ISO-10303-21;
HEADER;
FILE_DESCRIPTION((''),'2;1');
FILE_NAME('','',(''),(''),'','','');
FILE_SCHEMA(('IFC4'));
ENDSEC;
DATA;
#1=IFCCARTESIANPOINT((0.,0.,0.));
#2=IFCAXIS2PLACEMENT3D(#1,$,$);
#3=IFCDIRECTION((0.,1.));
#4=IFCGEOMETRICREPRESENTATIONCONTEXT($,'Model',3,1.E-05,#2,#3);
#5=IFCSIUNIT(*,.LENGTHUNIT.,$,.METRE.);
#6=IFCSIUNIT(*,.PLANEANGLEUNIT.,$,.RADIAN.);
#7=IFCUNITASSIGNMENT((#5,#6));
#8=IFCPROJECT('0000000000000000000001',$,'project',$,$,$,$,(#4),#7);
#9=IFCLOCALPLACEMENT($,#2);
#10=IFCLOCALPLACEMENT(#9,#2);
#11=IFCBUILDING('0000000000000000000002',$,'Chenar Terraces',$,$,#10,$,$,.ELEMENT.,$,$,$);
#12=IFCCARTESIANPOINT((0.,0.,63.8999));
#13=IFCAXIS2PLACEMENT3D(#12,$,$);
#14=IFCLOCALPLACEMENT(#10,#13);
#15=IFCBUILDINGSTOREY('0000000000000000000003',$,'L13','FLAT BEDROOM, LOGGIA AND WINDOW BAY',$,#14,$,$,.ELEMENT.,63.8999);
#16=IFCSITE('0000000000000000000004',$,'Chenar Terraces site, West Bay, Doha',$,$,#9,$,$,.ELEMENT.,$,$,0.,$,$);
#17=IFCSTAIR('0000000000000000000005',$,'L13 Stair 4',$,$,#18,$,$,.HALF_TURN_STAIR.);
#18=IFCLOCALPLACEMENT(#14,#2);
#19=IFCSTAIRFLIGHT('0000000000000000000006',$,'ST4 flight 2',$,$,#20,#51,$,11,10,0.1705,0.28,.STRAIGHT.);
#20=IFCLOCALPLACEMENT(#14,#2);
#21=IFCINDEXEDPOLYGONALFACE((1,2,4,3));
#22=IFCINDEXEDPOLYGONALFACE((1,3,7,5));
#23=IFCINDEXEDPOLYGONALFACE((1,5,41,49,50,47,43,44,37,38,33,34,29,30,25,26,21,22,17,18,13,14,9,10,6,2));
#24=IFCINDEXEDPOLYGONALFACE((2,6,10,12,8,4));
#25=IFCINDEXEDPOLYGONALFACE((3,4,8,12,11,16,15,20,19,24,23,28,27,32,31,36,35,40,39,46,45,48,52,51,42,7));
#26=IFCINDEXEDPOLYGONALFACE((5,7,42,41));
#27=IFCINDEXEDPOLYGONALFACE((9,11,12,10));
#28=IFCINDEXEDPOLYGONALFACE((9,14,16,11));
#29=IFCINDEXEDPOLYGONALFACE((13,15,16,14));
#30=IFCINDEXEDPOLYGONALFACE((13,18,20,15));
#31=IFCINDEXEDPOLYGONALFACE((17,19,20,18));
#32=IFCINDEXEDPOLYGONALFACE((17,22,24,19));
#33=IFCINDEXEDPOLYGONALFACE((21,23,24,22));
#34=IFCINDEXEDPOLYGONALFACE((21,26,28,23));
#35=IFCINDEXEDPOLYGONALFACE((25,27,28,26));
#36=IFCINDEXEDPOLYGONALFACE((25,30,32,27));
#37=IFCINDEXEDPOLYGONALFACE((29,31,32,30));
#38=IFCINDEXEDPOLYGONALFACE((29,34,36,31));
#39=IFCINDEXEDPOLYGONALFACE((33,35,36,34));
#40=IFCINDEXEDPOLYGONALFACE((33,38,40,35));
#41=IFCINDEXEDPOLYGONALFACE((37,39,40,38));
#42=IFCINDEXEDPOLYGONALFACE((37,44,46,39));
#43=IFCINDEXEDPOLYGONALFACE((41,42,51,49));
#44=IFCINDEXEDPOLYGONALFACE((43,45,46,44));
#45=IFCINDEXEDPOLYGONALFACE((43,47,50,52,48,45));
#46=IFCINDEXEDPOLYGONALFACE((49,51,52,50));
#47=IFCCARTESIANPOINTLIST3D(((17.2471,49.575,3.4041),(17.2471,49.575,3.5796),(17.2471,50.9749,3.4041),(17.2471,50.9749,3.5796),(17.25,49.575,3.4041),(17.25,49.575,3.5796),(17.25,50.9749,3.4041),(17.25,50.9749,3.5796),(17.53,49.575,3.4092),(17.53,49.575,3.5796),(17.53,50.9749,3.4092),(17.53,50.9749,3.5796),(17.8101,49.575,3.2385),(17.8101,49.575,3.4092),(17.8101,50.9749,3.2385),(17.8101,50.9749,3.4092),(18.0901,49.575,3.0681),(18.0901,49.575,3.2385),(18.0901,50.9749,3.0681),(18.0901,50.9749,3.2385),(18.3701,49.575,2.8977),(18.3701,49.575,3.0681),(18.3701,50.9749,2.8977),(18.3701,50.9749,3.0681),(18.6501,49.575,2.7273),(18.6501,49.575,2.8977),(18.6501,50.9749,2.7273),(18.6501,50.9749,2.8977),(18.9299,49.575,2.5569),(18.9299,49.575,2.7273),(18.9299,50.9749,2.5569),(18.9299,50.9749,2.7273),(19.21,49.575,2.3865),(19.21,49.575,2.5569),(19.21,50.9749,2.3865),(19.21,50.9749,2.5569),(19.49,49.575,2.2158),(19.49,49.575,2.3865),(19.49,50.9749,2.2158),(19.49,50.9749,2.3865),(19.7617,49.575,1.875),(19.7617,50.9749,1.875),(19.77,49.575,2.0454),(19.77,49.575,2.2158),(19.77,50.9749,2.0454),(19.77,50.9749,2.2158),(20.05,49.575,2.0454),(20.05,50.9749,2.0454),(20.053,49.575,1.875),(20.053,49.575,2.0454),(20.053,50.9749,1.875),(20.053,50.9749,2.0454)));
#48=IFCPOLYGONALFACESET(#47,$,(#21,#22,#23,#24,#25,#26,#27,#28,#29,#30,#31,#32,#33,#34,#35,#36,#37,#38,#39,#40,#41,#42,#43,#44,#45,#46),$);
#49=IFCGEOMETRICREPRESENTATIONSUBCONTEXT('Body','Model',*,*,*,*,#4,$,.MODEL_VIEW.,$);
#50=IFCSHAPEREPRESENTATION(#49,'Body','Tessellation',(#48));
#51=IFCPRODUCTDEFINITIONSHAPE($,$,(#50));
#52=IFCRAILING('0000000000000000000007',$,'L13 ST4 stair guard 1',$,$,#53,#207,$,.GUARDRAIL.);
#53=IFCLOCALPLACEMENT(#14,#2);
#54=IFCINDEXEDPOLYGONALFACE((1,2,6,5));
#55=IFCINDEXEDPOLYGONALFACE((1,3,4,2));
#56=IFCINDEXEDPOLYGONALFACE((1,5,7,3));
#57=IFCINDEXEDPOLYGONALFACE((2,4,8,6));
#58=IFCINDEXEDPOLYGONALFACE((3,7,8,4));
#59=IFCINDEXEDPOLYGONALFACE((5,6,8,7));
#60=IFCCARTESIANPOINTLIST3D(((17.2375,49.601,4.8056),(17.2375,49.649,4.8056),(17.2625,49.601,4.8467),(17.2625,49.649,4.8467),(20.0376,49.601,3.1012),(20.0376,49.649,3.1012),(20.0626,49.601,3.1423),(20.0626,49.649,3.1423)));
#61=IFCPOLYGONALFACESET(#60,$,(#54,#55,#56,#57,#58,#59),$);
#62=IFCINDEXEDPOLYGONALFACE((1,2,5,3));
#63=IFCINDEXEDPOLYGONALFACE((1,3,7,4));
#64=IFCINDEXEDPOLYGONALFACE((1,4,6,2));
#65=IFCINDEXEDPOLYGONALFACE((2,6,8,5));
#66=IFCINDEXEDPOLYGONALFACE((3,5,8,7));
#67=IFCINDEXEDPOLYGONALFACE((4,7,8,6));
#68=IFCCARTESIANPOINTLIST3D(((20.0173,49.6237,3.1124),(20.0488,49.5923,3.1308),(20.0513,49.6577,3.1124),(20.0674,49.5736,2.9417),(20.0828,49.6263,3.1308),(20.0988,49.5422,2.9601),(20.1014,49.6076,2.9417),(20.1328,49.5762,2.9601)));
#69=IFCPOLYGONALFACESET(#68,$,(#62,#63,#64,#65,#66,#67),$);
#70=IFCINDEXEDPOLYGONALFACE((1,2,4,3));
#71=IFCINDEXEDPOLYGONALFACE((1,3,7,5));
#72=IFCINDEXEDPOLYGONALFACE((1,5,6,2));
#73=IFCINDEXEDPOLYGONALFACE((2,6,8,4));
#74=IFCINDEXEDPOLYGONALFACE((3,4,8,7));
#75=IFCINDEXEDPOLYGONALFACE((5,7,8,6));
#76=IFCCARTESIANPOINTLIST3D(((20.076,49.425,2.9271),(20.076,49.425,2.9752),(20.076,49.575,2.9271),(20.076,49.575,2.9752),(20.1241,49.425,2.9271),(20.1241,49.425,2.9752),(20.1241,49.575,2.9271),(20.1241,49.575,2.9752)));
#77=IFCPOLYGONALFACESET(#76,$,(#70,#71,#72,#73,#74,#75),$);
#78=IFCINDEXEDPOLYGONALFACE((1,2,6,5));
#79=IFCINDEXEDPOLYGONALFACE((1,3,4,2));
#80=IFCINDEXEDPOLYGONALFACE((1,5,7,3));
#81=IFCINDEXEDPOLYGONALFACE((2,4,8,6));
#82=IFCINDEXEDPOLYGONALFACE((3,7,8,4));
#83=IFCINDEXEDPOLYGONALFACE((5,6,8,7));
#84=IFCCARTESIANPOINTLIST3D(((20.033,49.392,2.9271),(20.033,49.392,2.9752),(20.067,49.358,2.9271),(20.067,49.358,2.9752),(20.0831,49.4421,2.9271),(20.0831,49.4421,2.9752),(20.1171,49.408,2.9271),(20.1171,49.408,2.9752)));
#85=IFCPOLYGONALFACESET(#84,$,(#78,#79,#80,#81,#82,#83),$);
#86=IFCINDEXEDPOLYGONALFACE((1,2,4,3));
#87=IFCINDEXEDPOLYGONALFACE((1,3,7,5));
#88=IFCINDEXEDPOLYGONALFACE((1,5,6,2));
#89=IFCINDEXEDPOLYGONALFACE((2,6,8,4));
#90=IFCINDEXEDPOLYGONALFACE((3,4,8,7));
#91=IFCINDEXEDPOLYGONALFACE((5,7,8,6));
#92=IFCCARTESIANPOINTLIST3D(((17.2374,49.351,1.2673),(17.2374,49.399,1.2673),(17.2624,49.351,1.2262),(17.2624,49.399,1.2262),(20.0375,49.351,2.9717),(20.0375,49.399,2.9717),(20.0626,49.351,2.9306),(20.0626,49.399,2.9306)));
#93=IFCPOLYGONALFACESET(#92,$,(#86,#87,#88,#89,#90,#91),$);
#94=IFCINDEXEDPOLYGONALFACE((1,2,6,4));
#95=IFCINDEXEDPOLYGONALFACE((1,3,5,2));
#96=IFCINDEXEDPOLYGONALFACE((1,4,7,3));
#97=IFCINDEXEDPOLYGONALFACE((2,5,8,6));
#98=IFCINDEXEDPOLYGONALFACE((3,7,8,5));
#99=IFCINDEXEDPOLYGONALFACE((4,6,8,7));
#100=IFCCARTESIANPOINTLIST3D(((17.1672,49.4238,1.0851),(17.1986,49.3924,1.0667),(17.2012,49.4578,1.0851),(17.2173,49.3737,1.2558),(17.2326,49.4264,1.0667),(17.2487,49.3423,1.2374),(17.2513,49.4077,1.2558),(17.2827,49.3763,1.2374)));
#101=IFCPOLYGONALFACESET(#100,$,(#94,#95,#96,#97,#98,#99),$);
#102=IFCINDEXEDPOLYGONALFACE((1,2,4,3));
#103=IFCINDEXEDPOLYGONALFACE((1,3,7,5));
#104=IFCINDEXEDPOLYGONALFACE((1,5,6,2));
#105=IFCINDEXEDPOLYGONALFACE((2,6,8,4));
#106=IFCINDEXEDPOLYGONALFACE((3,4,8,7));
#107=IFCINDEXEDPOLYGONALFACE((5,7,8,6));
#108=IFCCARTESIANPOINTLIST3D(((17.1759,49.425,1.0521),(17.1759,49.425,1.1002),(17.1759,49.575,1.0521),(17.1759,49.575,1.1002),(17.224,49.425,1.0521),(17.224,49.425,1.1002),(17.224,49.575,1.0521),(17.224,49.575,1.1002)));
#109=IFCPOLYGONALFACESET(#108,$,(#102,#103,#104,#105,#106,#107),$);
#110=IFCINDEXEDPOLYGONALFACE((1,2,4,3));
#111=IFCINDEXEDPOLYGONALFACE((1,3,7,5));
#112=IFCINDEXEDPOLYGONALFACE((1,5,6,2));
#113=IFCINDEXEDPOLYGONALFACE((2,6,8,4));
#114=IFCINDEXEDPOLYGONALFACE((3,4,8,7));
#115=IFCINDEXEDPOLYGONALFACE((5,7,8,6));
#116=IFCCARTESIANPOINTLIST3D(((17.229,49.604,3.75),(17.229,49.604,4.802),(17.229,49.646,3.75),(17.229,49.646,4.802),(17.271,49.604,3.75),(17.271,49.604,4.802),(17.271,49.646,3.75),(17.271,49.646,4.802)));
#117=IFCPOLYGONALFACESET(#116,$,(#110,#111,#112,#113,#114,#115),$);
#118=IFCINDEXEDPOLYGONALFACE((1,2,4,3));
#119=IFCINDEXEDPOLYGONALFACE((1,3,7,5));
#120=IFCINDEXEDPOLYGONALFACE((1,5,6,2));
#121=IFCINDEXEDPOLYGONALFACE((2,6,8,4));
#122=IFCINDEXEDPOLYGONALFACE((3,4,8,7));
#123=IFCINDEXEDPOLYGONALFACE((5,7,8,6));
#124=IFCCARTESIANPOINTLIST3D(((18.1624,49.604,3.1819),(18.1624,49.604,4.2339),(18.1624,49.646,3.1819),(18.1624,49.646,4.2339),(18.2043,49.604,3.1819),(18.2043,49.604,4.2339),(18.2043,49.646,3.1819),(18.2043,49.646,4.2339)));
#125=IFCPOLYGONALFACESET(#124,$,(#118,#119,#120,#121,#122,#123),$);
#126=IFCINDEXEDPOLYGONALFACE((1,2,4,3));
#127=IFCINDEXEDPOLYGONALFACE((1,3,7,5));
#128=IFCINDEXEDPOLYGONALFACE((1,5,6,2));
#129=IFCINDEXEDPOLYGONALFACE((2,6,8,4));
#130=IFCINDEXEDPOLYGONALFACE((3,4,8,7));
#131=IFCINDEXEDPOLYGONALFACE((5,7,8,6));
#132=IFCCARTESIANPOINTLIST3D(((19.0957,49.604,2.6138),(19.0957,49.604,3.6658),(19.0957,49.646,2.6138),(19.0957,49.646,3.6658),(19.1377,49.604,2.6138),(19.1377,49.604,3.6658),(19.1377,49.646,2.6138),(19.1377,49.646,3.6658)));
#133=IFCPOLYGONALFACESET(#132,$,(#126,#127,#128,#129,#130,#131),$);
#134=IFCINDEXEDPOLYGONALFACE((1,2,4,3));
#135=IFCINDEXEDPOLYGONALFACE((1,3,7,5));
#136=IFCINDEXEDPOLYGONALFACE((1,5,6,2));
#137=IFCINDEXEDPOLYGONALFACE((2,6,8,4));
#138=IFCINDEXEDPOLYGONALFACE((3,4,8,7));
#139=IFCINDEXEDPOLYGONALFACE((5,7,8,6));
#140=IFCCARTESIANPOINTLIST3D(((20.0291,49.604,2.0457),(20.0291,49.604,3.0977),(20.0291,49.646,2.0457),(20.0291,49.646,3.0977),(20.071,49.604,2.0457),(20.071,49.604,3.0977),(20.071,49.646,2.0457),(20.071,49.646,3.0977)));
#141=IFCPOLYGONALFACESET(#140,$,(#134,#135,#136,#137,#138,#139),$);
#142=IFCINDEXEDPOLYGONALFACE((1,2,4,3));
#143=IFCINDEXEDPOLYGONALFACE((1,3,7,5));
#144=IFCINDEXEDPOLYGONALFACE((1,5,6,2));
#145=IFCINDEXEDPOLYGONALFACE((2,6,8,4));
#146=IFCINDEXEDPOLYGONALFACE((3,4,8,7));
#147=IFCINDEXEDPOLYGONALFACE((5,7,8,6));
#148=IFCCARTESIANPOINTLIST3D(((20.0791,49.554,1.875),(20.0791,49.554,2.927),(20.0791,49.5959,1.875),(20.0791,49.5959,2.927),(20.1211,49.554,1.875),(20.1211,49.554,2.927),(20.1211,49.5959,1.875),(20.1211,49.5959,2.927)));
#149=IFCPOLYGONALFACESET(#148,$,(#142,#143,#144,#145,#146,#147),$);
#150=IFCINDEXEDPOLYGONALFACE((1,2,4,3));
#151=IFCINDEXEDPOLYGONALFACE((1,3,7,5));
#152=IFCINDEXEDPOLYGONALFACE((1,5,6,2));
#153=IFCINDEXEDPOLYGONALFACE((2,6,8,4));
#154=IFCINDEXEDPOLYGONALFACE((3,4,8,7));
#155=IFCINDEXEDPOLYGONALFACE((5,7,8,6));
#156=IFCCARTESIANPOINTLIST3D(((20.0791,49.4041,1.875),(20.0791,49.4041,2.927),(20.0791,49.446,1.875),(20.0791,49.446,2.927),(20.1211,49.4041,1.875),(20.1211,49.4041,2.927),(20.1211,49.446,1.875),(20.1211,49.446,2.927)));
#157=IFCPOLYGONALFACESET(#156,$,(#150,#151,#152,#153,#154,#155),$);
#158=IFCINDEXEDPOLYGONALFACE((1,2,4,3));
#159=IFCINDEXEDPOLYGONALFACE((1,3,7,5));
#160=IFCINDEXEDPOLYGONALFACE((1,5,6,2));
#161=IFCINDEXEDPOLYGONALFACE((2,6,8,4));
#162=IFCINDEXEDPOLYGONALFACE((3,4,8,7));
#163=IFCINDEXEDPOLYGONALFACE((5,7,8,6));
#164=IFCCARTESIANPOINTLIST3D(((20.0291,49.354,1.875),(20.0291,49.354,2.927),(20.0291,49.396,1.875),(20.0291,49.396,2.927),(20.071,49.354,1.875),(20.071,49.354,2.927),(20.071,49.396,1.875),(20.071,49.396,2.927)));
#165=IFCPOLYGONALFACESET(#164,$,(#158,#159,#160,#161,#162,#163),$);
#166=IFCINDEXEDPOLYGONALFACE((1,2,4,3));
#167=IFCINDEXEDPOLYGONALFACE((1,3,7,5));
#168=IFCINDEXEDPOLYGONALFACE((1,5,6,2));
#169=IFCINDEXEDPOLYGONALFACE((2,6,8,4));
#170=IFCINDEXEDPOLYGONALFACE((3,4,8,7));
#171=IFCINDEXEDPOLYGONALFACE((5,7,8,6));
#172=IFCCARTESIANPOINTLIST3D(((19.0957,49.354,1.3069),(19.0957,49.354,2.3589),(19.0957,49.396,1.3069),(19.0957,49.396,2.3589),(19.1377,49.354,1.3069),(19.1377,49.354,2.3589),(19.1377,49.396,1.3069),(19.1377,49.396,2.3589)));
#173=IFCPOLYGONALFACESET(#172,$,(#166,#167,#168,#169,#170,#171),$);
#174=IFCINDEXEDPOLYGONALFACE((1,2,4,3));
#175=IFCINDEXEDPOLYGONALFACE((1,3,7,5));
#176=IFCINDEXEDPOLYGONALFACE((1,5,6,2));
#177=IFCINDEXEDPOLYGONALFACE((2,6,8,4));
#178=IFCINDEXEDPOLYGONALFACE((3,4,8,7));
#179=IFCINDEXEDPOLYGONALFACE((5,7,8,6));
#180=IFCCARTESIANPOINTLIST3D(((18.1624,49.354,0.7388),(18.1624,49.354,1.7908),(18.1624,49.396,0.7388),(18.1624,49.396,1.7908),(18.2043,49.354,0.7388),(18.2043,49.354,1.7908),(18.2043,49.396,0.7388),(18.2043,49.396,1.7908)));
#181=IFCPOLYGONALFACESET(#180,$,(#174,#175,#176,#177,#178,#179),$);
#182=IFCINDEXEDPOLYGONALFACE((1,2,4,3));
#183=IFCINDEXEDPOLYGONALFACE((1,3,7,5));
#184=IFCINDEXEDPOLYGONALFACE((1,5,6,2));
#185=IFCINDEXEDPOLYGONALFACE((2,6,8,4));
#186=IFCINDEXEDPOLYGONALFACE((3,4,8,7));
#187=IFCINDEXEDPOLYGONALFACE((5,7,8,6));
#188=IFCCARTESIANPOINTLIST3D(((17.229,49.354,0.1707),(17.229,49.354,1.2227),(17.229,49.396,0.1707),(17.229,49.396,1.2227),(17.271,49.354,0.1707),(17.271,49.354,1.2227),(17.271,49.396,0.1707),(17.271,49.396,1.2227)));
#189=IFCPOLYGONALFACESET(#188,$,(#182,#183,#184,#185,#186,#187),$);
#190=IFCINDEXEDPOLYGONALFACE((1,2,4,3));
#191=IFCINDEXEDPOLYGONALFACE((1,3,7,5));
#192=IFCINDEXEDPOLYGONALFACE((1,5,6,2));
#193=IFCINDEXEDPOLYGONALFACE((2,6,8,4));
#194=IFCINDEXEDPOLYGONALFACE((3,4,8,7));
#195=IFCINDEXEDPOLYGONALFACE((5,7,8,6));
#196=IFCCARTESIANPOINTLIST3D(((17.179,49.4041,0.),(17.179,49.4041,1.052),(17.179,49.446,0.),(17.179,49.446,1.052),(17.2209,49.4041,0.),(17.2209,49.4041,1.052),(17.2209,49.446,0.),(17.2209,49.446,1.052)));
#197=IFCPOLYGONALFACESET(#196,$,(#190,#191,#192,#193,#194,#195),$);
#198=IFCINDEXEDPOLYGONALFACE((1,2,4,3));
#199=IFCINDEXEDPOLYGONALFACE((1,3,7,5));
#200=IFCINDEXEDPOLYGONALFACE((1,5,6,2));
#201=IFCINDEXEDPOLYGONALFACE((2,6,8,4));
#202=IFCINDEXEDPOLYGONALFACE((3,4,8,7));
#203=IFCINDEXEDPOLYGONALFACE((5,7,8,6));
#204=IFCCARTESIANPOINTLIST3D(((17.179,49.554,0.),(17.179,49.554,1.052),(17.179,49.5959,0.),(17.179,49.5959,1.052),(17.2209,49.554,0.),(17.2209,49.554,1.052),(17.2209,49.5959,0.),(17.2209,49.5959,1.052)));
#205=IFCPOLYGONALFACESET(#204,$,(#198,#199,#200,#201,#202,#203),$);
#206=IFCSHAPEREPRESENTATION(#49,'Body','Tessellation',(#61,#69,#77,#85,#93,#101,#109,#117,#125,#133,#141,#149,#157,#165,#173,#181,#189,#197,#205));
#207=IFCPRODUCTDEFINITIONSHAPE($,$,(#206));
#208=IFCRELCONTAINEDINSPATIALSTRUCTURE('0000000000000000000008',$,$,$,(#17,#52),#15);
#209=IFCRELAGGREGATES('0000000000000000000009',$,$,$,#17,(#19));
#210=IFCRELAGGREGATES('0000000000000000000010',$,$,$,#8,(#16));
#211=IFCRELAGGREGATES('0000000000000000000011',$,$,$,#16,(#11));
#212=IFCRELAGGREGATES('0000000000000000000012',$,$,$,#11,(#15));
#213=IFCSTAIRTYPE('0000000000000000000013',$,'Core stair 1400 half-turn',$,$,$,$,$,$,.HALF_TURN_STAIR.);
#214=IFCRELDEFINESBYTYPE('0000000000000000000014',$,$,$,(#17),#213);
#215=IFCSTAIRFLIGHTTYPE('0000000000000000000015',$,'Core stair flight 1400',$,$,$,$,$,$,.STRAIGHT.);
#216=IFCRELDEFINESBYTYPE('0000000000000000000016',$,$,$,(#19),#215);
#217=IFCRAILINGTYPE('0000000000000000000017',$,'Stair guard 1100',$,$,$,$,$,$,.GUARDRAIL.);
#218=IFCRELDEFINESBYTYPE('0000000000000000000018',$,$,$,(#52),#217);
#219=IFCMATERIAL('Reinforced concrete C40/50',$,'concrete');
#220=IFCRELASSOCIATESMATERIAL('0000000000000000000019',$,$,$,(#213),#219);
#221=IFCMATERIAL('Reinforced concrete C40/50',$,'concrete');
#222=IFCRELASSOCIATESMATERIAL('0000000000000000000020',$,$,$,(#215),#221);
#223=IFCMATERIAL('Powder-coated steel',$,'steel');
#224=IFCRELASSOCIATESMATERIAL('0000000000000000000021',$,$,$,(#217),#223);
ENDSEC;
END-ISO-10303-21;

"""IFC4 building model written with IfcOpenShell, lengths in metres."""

from ifc_helpers import new_model, si_unit, direction, frame, origin, origin_2d, place, context, subcontext, project, spatial, polyline, rectangle, outline, extrude, material, type_object, element, aggregate, save


model = new_model("IFC4")

# Units and contexts
model_context = context("Model", 3, precision=1e-05, world=origin(), true_north=direction((0.0, 1.0)))
body_context = subcontext(model_context, "Body", "Model", "MODEL_VIEW")
ifc_project = project(units=[si_unit("LENGTHUNIT", "METRE"), si_unit("PLANEANGLEUNIT", "RADIAN")], contexts=[model_context])

# Site, building, storey
site_placement = place(None, origin())
site = spatial("IfcSite", under=ifc_project, at=site_placement, Name="Chenar Terraces site, West Bay, Doha", CompositionType="ELEMENT", RefElevation=0.0)
building_placement = place(site_placement, origin())
building = spatial("IfcBuilding", under=site, at=building_placement, Name="Chenar Terraces", CompositionType="ELEMENT")
storey_placement = place(building_placement, frame((0.0, 0.0, 63.8999)))
storey = spatial("IfcBuildingStorey", under=building, at=storey_placement, Name="L13", Description="FLAT BEDROOM, LOGGIA AND WINDOW BAY", CompositionType="ELEMENT", Elevation=63.8999)

# Stair, stair flight
ifc_material_1 = material(Name="Reinforced concrete C40/50", Category="concrete")
stair_type = type_object("IfcStairType", Name="Core stair 1400 half-turn", PredefinedType="HALF_TURN_STAIR", material=ifc_material_1)
stair_placement = place(storey_placement, origin())
stair = element("IfcStair", 1, at=stair_placement, inside=storey, type_object=stair_type, Name="L13 Stair 4", PredefinedType="HALF_TURN_STAIR")
ifc_material_2 = material(Name="Reinforced concrete C40/50", Category="concrete")
stair_flight_type = type_object("IfcStairFlightType", Name="Core stair flight 1400", PredefinedType="STRAIGHT", material=ifc_material_2)
stair_flight_1_placement = place(storey_placement, frame((20.05, 50.2749, 1.875), z_axis=(0.0, 0.0, 1.0), x_axis=(-1.0, 0.0, 0.0)))
stair_flight_1 = element("IfcStairFlight", 2, at=stair_flight_1_placement, type_object=stair_flight_type, Name="ST4 flight 2", NumberOfRisers=11, NumberOfTreads=10, PredefinedType="STRAIGHT", RiserHeight=0.1705, TreadLength=0.28, context=body_context, shape_type="SweptSolid", body=[
    extrude(outline(polyline([(-0.0029, 0.0), (-0.0029, 0.1704), (0.0, 0.1704), (0.28, 0.1704), (0.28, 0.3408), (0.5601, 0.3408), (0.5601, 0.5115), (0.8401, 0.5115), (0.8401, 0.6819), (1.1201, 0.6819), (1.1201, 0.8523), (1.3999, 0.8523), (1.3999, 1.0227), (1.6799, 1.0227), (1.6799, 1.1931), (1.96, 1.1931), (1.96, 1.3635), (2.24, 1.3635), (2.24, 1.5342), (2.52, 1.5342), (2.52, 1.7046), (2.8, 1.7046), (2.803, 1.7046), (2.803, 1.5291), (2.8, 1.5291), (0.2883, 0.0), (-0.0029, 0.0)])), frame((0.0, 0.7, 0.0), z_axis=(0.0, -1.0, 0.0), x_axis=(1.0, 0.0, 0.0)), (0.0, 0.0, 1.0), 1.3999),
])
aggregate(stair, [stair_flight_1])

# Railing
ifc_material_3 = material(Name="Powder-coated steel", Category="steel")
railing_type_1 = type_object("IfcRailingType", Name="Stair guard 1100", PredefinedType="GUARDRAIL", material=ifc_material_3)
railing_1_placement = place(storey_placement, frame((17.25, 49.625, 3.75)))
element("IfcRailing", 3, at=railing_1_placement, inside=storey, type_object=railing_type_1, Name="L13 ST4 stair guard 1", PredefinedType="GUARDRAIL", context=body_context, shape_type="SweptSolid", body=[
    extrude(rectangle(XDim=0.0481, YDim=0.0481, at=origin_2d()), frame((0.0, 0.0, 1.0762), z_axis=(0.854203, 0.0, -0.51994), x_axis=(0.0, 1.0, 0.0)), (0.0, 0.0, 1.0), 3.2781),
    extrude(rectangle(XDim=0.0481, YDim=0.0481, at=origin_2d()), frame((2.8, 0.0, -0.6284), z_axis=(0.2709, -0.2709, -0.923703), x_axis=(0.707107, 0.707107, 0.0)), (0.0, 0.0, 1.0), 0.1848),
    extrude(rectangle(XDim=0.0481, YDim=0.0481, at=origin_2d()), frame((2.8501, -0.05, -0.7988), z_axis=(0.0, -1.0, 0.0), x_axis=(1.0, 0.0, 0.0)), (0.0, 0.0, 1.0), 0.1499),
    extrude(rectangle(XDim=0.0481, YDim=0.0481, at=origin_2d()), frame((2.8501, -0.2, -0.7988), z_axis=(-0.707107, -0.707107, 0.0), x_axis=(0.707107, -0.707107, 0.0)), (0.0, 0.0, 1.0), 0.0708),
    extrude(rectangle(XDim=0.0481, YDim=0.0481, at=origin_2d()), frame((2.8, -0.25, -0.7988), z_axis=(-0.854203, 0.0, -0.51994), x_axis=(0.0, -1.0, 0.0)), (0.0, 0.0, 1.0), 3.2781),
    extrude(rectangle(XDim=0.0481, YDim=0.0481, at=origin_2d()), frame((0.0, -0.25, -2.5034), z_axis=(-0.2709, 0.2709, -0.923703), x_axis=(-0.707107, -0.707107, 0.0)), (0.0, 0.0, 1.0), 0.1848),
    extrude(rectangle(XDim=0.0481, YDim=0.0481, at=origin_2d()), frame((-0.05, -0.2, -2.6738), z_axis=(0.0, 1.0, 0.0), x_axis=(-1.0, 0.0, 0.0)), (0.0, 0.0, 1.0), 0.1499),
    extrude(rectangle(XDim=0.042, YDim=0.042, at=origin_2d()), origin(), (0.0, 0.0, 1.0), 1.052),
    extrude(rectangle(XDim=0.042, YDim=0.042, at=origin_2d()), frame((0.9333, 0.0, -0.5681)), (0.0, 0.0, 1.0), 1.052),
    extrude(rectangle(XDim=0.042, YDim=0.042, at=origin_2d()), frame((1.8667, 0.0, -1.1362)), (0.0, 0.0, 1.0), 1.052),
    extrude(rectangle(XDim=0.042, YDim=0.042, at=origin_2d()), frame((2.8, 0.0, -1.7043)), (0.0, 0.0, 1.0), 1.052),
    extrude(rectangle(XDim=0.042, YDim=0.042, at=origin_2d()), frame((2.8501, -0.05, -1.875)), (0.0, 0.0, 1.0), 1.052),
    extrude(rectangle(XDim=0.042, YDim=0.042, at=origin_2d()), frame((2.8501, -0.2, -1.875)), (0.0, 0.0, 1.0), 1.052),
    extrude(rectangle(XDim=0.042, YDim=0.042, at=origin_2d()), frame((2.8, -0.25, -1.875)), (0.0, 0.0, 1.0), 1.052),
    extrude(rectangle(XDim=0.042, YDim=0.042, at=origin_2d()), frame((1.8667, -0.25, -2.4431)), (0.0, 0.0, 1.0), 1.052),
    extrude(rectangle(XDim=0.042, YDim=0.042, at=origin_2d()), frame((0.9333, -0.25, -3.0112)), (0.0, 0.0, 1.0), 1.052),
    extrude(rectangle(XDim=0.042, YDim=0.042, at=origin_2d()), frame((0.0, -0.25, -3.5793)), (0.0, 0.0, 1.0), 1.052),
    extrude(rectangle(XDim=0.042, YDim=0.042, at=origin_2d()), frame((-0.05, -0.2, -3.75)), (0.0, 0.0, 1.0), 1.052),
    extrude(rectangle(XDim=0.042, YDim=0.042, at=origin_2d()), frame((-0.05, -0.05, -3.75)), (0.0, 0.0, 1.0), 1.052),
])

save(model, "model.ifc")
